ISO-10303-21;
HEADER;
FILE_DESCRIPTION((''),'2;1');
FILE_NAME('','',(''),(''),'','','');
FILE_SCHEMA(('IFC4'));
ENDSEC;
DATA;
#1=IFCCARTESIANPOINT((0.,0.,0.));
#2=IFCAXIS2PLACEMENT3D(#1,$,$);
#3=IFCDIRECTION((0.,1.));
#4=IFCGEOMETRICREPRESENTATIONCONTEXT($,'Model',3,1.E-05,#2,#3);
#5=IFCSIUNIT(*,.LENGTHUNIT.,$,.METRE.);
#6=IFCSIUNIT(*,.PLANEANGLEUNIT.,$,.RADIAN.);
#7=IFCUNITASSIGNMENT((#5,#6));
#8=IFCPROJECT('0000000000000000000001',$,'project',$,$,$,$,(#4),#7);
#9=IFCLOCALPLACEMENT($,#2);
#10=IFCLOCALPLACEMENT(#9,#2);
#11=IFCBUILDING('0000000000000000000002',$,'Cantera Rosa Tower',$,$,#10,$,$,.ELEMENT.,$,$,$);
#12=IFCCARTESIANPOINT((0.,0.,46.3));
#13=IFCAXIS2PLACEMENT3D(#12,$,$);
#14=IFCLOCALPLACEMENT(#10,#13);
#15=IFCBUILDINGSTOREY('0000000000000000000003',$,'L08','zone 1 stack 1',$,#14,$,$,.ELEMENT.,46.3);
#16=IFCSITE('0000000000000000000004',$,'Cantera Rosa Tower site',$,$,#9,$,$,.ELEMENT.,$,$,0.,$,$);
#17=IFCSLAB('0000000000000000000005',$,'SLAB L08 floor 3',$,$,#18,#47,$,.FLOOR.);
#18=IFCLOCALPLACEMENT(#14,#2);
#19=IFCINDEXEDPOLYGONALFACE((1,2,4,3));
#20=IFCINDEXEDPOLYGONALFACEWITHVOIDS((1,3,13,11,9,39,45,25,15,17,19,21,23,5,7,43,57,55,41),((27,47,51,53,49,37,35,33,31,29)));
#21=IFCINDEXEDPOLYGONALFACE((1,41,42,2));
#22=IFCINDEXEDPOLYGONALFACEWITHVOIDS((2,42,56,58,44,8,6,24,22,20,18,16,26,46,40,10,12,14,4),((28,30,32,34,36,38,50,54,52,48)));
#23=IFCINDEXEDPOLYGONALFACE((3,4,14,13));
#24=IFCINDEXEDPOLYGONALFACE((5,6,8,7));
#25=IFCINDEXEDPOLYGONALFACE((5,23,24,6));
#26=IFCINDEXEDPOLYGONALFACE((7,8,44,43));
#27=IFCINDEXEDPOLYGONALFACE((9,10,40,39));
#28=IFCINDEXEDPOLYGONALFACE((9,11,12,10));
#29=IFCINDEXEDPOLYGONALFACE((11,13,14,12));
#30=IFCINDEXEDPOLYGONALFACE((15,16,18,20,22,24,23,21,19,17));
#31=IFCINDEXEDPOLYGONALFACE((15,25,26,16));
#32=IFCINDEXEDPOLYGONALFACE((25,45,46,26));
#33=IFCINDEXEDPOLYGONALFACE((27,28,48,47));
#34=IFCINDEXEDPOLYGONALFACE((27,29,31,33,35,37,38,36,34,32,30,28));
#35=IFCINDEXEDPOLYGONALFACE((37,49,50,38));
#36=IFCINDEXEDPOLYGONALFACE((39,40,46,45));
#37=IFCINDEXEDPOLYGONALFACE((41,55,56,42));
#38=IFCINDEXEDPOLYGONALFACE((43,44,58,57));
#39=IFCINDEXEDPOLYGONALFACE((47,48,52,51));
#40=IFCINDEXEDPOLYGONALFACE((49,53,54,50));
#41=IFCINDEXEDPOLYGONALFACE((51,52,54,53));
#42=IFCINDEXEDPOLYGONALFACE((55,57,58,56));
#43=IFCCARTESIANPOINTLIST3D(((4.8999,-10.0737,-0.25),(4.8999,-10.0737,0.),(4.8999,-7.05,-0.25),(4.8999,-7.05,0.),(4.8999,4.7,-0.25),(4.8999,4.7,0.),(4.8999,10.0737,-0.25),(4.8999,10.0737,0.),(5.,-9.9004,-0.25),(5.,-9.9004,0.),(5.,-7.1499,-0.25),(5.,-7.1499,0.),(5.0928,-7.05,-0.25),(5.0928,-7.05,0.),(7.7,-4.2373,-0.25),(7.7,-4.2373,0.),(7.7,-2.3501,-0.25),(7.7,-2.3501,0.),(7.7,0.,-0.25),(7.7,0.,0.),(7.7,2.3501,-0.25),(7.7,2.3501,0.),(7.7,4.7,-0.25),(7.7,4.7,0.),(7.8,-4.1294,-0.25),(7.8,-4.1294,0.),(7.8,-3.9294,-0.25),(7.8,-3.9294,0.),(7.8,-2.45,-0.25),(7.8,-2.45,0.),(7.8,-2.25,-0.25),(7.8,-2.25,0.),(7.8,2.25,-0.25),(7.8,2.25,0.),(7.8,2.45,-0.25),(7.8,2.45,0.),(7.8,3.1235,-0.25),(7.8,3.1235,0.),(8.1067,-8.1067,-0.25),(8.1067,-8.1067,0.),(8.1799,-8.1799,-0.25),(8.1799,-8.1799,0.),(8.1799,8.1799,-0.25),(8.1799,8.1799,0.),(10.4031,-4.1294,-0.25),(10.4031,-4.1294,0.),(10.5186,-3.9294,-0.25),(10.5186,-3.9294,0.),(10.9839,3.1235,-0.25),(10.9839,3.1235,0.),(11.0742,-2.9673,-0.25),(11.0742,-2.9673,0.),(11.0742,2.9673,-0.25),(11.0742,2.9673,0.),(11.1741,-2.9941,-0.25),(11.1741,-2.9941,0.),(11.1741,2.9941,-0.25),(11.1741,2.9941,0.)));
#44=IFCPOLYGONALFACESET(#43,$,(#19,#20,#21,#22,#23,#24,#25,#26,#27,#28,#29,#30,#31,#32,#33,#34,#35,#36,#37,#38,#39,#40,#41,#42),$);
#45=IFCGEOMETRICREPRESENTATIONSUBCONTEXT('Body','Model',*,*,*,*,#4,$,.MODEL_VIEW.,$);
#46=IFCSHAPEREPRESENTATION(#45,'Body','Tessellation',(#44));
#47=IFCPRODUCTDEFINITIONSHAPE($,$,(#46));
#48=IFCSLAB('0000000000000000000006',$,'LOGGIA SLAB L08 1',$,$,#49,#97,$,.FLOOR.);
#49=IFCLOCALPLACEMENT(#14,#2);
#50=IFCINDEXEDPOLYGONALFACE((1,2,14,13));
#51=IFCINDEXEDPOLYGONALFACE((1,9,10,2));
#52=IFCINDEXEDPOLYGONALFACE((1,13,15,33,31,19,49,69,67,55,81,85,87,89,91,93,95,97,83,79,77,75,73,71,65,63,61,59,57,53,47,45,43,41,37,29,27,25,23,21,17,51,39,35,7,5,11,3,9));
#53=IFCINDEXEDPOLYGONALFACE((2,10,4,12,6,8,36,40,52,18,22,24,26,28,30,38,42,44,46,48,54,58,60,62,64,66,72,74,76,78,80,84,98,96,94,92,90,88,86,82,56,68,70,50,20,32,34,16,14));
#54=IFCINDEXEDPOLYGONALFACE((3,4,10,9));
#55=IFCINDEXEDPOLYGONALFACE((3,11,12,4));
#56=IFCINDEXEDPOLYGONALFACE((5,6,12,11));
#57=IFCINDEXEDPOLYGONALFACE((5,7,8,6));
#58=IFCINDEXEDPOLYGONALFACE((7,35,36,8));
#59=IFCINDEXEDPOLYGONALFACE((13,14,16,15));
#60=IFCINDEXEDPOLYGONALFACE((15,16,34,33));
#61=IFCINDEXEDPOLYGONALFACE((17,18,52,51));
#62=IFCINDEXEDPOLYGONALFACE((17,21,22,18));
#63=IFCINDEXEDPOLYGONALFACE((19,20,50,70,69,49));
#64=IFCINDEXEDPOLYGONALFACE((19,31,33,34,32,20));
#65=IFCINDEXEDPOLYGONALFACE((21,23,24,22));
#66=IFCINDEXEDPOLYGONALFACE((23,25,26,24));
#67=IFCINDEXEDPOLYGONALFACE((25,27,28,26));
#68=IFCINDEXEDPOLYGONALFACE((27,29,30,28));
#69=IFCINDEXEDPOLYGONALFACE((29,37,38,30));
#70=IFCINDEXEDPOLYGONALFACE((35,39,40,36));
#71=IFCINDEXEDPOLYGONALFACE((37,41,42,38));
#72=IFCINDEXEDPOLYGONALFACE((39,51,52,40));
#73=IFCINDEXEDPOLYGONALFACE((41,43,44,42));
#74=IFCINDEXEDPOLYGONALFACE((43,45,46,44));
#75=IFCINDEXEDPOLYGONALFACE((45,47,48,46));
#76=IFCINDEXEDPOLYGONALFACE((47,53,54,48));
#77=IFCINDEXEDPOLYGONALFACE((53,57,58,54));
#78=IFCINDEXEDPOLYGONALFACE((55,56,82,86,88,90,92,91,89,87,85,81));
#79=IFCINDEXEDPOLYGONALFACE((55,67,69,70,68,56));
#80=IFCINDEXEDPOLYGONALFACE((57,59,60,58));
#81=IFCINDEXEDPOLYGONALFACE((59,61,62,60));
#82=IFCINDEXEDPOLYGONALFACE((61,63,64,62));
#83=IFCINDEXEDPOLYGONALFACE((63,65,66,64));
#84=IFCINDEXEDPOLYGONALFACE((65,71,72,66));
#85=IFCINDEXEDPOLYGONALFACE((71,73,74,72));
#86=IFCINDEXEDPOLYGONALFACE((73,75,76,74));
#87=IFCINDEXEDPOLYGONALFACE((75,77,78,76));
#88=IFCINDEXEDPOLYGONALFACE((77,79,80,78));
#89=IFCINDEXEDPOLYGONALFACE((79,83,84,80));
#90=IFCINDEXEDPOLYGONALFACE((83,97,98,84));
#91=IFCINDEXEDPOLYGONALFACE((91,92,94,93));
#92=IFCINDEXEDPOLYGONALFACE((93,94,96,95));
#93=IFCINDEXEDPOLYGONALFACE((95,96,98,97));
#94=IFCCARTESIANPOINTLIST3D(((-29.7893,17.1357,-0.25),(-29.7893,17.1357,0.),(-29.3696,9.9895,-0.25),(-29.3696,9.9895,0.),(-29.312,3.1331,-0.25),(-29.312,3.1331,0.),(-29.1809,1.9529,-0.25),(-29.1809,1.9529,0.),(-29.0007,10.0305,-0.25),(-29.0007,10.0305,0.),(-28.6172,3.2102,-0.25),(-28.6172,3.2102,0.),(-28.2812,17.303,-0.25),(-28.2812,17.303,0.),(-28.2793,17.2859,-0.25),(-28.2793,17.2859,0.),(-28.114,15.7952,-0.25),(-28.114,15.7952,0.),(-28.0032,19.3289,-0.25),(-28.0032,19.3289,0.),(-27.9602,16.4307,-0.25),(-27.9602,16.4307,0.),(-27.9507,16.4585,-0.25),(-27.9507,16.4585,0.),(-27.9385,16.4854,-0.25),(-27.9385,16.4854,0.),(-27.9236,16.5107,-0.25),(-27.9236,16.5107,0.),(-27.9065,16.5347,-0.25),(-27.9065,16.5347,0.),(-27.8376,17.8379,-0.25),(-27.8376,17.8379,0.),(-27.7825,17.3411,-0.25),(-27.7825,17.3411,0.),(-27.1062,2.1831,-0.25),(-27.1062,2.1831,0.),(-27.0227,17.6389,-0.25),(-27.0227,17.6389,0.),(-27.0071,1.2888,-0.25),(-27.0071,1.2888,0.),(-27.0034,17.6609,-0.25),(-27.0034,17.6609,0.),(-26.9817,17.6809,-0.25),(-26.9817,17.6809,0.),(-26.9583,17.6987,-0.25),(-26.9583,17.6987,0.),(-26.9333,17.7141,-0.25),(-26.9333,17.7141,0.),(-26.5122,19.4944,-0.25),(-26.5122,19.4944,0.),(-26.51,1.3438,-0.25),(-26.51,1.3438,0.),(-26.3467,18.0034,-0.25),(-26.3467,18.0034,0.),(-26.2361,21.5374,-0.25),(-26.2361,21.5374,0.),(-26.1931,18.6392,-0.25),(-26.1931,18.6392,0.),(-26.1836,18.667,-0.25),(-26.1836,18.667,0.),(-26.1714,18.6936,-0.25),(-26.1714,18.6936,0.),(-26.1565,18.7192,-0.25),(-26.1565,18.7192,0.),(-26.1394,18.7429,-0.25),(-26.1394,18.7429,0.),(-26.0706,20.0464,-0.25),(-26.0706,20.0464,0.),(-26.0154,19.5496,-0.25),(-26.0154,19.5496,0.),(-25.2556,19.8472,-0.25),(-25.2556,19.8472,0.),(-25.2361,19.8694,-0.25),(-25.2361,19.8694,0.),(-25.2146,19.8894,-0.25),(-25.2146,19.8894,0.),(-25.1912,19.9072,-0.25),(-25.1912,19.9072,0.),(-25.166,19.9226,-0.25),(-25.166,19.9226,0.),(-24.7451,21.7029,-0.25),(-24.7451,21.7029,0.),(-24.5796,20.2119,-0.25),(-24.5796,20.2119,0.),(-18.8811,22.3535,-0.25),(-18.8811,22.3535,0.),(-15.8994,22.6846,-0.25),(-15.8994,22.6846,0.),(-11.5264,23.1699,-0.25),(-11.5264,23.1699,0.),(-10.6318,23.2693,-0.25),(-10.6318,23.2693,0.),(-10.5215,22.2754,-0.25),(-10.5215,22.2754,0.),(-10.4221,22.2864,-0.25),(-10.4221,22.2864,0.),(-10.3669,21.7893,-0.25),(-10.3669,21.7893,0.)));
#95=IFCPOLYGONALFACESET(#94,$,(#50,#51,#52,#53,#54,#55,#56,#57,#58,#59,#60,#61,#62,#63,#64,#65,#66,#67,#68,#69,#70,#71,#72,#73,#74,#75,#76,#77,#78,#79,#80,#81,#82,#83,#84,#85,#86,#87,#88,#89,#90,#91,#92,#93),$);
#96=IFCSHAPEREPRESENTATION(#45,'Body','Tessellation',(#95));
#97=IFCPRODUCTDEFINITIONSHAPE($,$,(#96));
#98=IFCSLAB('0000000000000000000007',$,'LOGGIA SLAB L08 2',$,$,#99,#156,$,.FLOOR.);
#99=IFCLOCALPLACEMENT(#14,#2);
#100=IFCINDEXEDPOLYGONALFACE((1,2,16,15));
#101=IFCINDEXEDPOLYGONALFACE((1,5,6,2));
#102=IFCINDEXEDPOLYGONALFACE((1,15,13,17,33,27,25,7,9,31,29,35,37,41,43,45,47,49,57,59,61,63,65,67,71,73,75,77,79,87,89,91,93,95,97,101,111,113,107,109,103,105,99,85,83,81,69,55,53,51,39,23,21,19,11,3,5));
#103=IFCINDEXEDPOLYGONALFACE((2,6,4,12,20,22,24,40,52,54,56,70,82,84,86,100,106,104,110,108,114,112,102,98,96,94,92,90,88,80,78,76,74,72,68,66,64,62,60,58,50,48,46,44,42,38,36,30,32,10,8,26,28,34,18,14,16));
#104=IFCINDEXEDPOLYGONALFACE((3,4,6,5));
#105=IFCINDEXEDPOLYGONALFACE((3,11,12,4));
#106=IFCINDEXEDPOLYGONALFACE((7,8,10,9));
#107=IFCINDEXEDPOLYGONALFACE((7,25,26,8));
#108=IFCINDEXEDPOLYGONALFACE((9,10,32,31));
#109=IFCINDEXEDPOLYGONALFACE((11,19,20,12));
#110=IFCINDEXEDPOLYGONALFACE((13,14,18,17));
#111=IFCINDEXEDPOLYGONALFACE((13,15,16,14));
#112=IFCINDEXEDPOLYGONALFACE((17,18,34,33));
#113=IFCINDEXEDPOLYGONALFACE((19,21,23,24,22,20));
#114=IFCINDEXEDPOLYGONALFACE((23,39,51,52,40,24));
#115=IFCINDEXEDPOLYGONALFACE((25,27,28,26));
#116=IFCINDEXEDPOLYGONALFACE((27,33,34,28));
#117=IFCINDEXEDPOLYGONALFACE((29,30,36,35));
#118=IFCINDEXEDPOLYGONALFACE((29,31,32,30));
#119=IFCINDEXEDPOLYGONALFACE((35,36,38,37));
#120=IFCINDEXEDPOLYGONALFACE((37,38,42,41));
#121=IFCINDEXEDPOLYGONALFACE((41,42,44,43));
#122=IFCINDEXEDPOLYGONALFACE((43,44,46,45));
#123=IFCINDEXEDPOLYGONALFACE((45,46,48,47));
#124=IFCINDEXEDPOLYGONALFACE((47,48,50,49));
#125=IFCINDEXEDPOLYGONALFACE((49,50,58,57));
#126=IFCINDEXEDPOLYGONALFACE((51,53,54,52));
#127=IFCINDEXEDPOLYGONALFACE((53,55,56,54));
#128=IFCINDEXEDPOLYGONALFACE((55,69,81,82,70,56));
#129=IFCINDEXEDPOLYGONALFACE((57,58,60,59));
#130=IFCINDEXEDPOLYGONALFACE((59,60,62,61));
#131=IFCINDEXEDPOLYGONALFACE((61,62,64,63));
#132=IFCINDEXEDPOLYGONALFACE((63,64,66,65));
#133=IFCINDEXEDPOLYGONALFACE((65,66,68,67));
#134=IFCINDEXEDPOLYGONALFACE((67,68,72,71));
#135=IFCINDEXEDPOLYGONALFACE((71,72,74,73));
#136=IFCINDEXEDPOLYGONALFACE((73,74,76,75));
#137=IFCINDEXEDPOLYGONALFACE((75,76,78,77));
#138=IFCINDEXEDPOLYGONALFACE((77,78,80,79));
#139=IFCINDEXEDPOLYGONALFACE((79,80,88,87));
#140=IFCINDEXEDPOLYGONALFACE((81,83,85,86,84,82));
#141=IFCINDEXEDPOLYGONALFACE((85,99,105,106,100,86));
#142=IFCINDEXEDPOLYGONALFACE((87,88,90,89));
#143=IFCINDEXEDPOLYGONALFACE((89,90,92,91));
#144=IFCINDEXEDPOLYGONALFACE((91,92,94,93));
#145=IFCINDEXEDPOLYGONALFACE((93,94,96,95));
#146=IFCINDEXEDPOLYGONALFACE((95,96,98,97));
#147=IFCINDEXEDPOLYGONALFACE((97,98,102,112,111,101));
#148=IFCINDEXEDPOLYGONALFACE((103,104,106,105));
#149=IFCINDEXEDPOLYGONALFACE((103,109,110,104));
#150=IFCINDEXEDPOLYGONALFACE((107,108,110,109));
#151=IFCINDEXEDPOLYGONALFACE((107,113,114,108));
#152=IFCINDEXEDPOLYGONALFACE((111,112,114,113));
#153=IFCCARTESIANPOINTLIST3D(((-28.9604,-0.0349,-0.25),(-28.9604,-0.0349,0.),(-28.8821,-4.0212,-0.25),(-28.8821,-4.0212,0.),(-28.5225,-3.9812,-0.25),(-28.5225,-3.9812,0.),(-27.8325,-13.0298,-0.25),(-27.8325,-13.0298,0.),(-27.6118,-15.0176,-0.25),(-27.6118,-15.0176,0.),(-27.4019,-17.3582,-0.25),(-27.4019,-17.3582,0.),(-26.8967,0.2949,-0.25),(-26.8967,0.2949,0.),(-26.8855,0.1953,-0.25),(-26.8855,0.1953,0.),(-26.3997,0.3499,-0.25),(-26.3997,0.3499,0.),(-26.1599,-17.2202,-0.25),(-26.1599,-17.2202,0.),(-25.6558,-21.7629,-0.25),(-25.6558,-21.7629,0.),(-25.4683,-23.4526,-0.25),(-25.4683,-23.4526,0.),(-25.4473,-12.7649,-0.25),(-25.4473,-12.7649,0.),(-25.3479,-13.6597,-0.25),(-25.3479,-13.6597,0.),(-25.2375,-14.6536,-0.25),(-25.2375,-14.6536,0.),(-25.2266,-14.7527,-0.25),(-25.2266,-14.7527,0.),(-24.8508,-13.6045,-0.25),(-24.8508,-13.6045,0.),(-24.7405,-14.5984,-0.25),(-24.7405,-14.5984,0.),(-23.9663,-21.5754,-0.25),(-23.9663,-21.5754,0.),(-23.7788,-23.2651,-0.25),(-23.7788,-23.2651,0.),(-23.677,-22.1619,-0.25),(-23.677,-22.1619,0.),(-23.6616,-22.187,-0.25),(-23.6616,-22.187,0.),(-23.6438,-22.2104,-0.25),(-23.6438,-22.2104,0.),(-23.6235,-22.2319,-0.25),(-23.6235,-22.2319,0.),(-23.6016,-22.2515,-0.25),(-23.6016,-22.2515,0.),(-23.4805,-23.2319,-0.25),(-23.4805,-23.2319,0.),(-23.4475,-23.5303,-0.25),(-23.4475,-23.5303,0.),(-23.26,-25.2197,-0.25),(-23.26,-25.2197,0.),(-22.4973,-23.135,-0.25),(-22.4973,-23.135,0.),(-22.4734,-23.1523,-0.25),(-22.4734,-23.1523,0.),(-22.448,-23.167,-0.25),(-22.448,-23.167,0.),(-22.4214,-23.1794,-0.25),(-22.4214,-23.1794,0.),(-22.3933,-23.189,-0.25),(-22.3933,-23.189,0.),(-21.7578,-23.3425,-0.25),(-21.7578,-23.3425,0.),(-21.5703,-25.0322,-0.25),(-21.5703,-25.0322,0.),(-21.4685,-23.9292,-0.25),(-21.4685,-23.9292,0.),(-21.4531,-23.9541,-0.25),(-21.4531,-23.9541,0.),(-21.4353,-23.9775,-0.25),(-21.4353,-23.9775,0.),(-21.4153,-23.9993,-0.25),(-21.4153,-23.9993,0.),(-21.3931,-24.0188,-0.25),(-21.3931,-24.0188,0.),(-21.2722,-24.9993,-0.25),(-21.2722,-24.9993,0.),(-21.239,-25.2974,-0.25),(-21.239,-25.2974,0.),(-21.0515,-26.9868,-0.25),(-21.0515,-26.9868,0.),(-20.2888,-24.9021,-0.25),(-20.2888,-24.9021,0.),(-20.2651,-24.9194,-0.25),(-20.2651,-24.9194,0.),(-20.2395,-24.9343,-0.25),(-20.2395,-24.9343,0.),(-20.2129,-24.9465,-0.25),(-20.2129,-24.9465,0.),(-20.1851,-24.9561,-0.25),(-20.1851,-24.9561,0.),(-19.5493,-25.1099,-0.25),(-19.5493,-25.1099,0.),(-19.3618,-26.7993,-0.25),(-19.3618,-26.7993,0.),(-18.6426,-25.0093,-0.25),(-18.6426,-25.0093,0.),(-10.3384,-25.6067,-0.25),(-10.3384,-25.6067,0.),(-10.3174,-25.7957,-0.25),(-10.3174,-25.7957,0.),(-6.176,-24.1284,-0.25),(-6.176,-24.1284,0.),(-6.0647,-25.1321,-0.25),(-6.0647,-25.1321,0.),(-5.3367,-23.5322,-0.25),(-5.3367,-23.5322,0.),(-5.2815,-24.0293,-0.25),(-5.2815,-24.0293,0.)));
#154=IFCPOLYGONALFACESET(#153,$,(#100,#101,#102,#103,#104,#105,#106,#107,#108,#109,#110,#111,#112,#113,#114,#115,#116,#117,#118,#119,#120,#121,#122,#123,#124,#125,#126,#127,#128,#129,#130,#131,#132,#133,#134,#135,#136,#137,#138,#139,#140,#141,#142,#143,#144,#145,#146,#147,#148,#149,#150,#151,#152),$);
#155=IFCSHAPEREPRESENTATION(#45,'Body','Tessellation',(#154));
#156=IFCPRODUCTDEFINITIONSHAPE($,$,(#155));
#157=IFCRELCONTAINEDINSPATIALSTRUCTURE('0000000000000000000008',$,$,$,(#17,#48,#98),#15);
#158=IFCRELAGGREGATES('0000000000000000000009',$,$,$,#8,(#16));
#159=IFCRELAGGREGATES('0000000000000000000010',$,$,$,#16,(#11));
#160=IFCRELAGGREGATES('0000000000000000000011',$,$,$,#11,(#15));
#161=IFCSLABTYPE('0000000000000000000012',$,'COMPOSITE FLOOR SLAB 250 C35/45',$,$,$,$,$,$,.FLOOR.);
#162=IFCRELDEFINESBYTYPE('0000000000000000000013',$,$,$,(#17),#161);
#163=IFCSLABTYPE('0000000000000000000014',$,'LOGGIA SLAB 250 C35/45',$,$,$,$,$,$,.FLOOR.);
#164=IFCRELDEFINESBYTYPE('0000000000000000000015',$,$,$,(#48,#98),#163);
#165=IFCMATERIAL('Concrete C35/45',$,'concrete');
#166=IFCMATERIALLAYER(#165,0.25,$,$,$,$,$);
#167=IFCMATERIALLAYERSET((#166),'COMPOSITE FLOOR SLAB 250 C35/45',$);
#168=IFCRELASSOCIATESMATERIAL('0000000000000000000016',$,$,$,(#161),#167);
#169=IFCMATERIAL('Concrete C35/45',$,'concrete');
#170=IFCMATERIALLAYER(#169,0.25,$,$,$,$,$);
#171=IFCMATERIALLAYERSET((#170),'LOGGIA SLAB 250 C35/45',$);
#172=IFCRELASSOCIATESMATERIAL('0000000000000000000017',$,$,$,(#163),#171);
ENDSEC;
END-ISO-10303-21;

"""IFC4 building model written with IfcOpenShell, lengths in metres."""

from ifc_helpers import new_model, si_unit, direction, frame, origin, place, context, subcontext, project, spatial, polyline, outline, extrude, material, layer, layer_set, type_object, element, save


model = new_model("IFC4")

# Units and contexts
model_context = context("Model", 3, precision=1e-05, world=origin(), true_north=direction((0.0, 1.0)))
body_context = subcontext(model_context, "Body", "Model", "MODEL_VIEW")
ifc_project = project(units=[si_unit("LENGTHUNIT", "METRE"), si_unit("PLANEANGLEUNIT", "RADIAN")], contexts=[model_context])

# Site, building, storey
site_placement = place(None, origin())
site = spatial("IfcSite", under=ifc_project, at=site_placement, Name="Cantera Rosa Tower site", CompositionType="ELEMENT", RefElevation=0.0)
building_placement = place(site_placement, origin())
building = spatial("IfcBuilding", under=site, at=building_placement, Name="Cantera Rosa Tower", CompositionType="ELEMENT")
storey_placement = place(building_placement, frame((0.0, 0.0, 46.3)))
storey = spatial("IfcBuildingStorey", under=building, at=storey_placement, Name="L08", Description="zone 1 stack 1", CompositionType="ELEMENT", Elevation=46.3)

# Slabs
ifc_material_1 = material(Name="Concrete C35/45", Category="concrete")
ifc_layer_1 = layer(ifc_material_1, 0.25)
ifc_layer_set_1 = layer_set([ifc_layer_1], Name="COMPOSITE FLOOR SLAB 250 C35/45")
slab_type_1 = type_object("IfcSlabType", Name="COMPOSITE FLOOR SLAB 250 C35/45", PredefinedType="FLOOR", material=ifc_layer_set_1)
slab_1_placement = place(storey_placement, frame((0.0, 0.0, -0.25)))
element("IfcSlab", 1, at=slab_1_placement, inside=storey, type_object=slab_type_1, Name="SLAB L08 floor 3", PredefinedType="FLOOR", context=body_context, shape_type="SweptSolid", body=[
    extrude(outline(polyline([(5.0928, -7.05), (5.0, -7.1499), (5.0, -9.9004), (8.1067, -8.1067), (10.4031, -4.1294), (7.8, -4.1294), (7.7, -4.2373), (7.7, -2.3501), (7.7, 0.0), (7.7, 2.3501), (7.7, 4.7), (4.8999, 4.7), (4.8999, 10.0737), (8.1799, 8.1799), (11.1741, 2.9941), (11.1741, -2.9941), (8.1799, -8.1799), (4.8999, -10.0737), (4.8999, -7.05), (5.0928, -7.05)]), holes=[polyline([(7.8, 2.45), (7.8, 2.25), (7.8, -2.25), (7.8, -2.45), (7.8, -3.9294), (10.5186, -3.9294), (11.0742, -2.9673), (11.0742, 2.9673), (10.9839, 3.1235), (7.8, 3.1235), (7.8, 2.45)])]), origin(), (0.0, 0.0, 1.0), 0.25),
])
ifc_material_2 = material(Name="Concrete C35/45", Category="concrete")
ifc_layer_2 = layer(ifc_material_2, 0.25)
ifc_layer_set_2 = layer_set([ifc_layer_2], Name="LOGGIA SLAB 250 C35/45")
slab_type_2 = type_object("IfcSlabType", Name="LOGGIA SLAB 250 C35/45", PredefinedType="FLOOR", material=ifc_layer_set_2)
slab_2_placement = place(storey_placement, frame((0.0, 0.0, -0.25)))
element("IfcSlab", 2, at=slab_2_placement, inside=storey, type_object=slab_type_2, Name="LOGGIA SLAB L08 1", PredefinedType="FLOOR", context=body_context, shape_type="SweptSolid", body=[
    extrude(outline(polyline([(-29.3696, 9.9895), (-29.0007, 10.0305), (-29.7893, 17.1357), (-28.2812, 17.303), (-28.2793, 17.2859), (-27.7825, 17.3411), (-27.8376, 17.8379), (-28.0032, 19.3289), (-26.5122, 19.4944), (-26.0154, 19.5496), (-26.0706, 20.0464), (-26.2361, 21.5374), (-24.7451, 21.7029), (-18.8811, 22.3535), (-15.8994, 22.6846), (-11.5264, 23.1699), (-10.6318, 23.2693), (-10.5215, 22.2754), (-10.4221, 22.2864), (-10.3669, 21.7893), (-24.5796, 20.2119), (-25.166, 19.9226), (-25.1912, 19.9072), (-25.2146, 19.8894), (-25.2361, 19.8694), (-25.2556, 19.8472), (-26.1394, 18.7429), (-26.1565, 18.7192), (-26.1714, 18.6936), (-26.1836, 18.667), (-26.1931, 18.6392), (-26.3467, 18.0034), (-26.9333, 17.7141), (-26.9583, 17.6987), (-26.9817, 17.6809), (-27.0034, 17.6609), (-27.0227, 17.6389), (-27.9065, 16.5347), (-27.9236, 16.5107), (-27.9385, 16.4854), (-27.9507, 16.4585), (-27.9602, 16.4307), (-28.114, 15.7952), (-26.51, 1.3438), (-27.0071, 1.2888), (-27.1062, 2.1831), (-29.1809, 1.9529), (-29.312, 3.1331), (-28.6172, 3.2102), (-29.3696, 9.9895)])), origin(), (0.0, 0.0, 1.0), 0.25),
])
slab_3_placement = place(storey_placement, frame((0.0, 0.0, -0.25)))
element("IfcSlab", 3, at=slab_3_placement, inside=storey, type_object=slab_type_2, Name="LOGGIA SLAB L08 2", PredefinedType="FLOOR", context=body_context, shape_type="SweptSolid", body=[
    extrude(outline(polyline([(-19.3618, -26.7993), (-21.0515, -26.9868), (-21.239, -25.2974), (-21.2722, -24.9993), (-21.5703, -25.0322), (-23.26, -25.2197), (-23.4475, -23.5303), (-23.4805, -23.2319), (-23.7788, -23.2651), (-25.4683, -23.4526), (-25.6558, -21.7629), (-26.1599, -17.2202), (-27.4019, -17.3582), (-28.8821, -4.0212), (-28.5225, -3.9812), (-28.9604, -0.0349), (-26.8855, 0.1953), (-26.8967, 0.2949), (-26.3997, 0.3499), (-24.8508, -13.6045), (-25.3479, -13.6597), (-25.4473, -12.7649), (-27.8325, -13.0298), (-27.6118, -15.0176), (-25.2266, -14.7527), (-25.2375, -14.6536), (-24.7405, -14.5984), (-23.9663, -21.5754), (-23.677, -22.1619), (-23.6616, -22.187), (-23.6438, -22.2104), (-23.6235, -22.2319), (-23.6016, -22.2515), (-22.4973, -23.135), (-22.4734, -23.1523), (-22.448, -23.167), (-22.4214, -23.1794), (-22.3933, -23.189), (-21.7578, -23.3425), (-21.4685, -23.9292), (-21.4531, -23.9541), (-21.4353, -23.9775), (-21.4153, -23.9993), (-21.3931, -24.0188), (-20.2888, -24.9021), (-20.2651, -24.9194), (-20.2395, -24.9343), (-20.2129, -24.9465), (-20.1851, -24.9561), (-19.5493, -25.1099), (-18.6426, -25.0093), (-5.3367, -23.5322), (-5.2815, -24.0293), (-6.176, -24.1284), (-6.0647, -25.1321), (-10.3384, -25.6067), (-10.3174, -25.7957), (-19.3618, -26.7993)])), origin(), (0.0, 0.0, 1.0), 0.25),
])

save(model, "model.ifc")
